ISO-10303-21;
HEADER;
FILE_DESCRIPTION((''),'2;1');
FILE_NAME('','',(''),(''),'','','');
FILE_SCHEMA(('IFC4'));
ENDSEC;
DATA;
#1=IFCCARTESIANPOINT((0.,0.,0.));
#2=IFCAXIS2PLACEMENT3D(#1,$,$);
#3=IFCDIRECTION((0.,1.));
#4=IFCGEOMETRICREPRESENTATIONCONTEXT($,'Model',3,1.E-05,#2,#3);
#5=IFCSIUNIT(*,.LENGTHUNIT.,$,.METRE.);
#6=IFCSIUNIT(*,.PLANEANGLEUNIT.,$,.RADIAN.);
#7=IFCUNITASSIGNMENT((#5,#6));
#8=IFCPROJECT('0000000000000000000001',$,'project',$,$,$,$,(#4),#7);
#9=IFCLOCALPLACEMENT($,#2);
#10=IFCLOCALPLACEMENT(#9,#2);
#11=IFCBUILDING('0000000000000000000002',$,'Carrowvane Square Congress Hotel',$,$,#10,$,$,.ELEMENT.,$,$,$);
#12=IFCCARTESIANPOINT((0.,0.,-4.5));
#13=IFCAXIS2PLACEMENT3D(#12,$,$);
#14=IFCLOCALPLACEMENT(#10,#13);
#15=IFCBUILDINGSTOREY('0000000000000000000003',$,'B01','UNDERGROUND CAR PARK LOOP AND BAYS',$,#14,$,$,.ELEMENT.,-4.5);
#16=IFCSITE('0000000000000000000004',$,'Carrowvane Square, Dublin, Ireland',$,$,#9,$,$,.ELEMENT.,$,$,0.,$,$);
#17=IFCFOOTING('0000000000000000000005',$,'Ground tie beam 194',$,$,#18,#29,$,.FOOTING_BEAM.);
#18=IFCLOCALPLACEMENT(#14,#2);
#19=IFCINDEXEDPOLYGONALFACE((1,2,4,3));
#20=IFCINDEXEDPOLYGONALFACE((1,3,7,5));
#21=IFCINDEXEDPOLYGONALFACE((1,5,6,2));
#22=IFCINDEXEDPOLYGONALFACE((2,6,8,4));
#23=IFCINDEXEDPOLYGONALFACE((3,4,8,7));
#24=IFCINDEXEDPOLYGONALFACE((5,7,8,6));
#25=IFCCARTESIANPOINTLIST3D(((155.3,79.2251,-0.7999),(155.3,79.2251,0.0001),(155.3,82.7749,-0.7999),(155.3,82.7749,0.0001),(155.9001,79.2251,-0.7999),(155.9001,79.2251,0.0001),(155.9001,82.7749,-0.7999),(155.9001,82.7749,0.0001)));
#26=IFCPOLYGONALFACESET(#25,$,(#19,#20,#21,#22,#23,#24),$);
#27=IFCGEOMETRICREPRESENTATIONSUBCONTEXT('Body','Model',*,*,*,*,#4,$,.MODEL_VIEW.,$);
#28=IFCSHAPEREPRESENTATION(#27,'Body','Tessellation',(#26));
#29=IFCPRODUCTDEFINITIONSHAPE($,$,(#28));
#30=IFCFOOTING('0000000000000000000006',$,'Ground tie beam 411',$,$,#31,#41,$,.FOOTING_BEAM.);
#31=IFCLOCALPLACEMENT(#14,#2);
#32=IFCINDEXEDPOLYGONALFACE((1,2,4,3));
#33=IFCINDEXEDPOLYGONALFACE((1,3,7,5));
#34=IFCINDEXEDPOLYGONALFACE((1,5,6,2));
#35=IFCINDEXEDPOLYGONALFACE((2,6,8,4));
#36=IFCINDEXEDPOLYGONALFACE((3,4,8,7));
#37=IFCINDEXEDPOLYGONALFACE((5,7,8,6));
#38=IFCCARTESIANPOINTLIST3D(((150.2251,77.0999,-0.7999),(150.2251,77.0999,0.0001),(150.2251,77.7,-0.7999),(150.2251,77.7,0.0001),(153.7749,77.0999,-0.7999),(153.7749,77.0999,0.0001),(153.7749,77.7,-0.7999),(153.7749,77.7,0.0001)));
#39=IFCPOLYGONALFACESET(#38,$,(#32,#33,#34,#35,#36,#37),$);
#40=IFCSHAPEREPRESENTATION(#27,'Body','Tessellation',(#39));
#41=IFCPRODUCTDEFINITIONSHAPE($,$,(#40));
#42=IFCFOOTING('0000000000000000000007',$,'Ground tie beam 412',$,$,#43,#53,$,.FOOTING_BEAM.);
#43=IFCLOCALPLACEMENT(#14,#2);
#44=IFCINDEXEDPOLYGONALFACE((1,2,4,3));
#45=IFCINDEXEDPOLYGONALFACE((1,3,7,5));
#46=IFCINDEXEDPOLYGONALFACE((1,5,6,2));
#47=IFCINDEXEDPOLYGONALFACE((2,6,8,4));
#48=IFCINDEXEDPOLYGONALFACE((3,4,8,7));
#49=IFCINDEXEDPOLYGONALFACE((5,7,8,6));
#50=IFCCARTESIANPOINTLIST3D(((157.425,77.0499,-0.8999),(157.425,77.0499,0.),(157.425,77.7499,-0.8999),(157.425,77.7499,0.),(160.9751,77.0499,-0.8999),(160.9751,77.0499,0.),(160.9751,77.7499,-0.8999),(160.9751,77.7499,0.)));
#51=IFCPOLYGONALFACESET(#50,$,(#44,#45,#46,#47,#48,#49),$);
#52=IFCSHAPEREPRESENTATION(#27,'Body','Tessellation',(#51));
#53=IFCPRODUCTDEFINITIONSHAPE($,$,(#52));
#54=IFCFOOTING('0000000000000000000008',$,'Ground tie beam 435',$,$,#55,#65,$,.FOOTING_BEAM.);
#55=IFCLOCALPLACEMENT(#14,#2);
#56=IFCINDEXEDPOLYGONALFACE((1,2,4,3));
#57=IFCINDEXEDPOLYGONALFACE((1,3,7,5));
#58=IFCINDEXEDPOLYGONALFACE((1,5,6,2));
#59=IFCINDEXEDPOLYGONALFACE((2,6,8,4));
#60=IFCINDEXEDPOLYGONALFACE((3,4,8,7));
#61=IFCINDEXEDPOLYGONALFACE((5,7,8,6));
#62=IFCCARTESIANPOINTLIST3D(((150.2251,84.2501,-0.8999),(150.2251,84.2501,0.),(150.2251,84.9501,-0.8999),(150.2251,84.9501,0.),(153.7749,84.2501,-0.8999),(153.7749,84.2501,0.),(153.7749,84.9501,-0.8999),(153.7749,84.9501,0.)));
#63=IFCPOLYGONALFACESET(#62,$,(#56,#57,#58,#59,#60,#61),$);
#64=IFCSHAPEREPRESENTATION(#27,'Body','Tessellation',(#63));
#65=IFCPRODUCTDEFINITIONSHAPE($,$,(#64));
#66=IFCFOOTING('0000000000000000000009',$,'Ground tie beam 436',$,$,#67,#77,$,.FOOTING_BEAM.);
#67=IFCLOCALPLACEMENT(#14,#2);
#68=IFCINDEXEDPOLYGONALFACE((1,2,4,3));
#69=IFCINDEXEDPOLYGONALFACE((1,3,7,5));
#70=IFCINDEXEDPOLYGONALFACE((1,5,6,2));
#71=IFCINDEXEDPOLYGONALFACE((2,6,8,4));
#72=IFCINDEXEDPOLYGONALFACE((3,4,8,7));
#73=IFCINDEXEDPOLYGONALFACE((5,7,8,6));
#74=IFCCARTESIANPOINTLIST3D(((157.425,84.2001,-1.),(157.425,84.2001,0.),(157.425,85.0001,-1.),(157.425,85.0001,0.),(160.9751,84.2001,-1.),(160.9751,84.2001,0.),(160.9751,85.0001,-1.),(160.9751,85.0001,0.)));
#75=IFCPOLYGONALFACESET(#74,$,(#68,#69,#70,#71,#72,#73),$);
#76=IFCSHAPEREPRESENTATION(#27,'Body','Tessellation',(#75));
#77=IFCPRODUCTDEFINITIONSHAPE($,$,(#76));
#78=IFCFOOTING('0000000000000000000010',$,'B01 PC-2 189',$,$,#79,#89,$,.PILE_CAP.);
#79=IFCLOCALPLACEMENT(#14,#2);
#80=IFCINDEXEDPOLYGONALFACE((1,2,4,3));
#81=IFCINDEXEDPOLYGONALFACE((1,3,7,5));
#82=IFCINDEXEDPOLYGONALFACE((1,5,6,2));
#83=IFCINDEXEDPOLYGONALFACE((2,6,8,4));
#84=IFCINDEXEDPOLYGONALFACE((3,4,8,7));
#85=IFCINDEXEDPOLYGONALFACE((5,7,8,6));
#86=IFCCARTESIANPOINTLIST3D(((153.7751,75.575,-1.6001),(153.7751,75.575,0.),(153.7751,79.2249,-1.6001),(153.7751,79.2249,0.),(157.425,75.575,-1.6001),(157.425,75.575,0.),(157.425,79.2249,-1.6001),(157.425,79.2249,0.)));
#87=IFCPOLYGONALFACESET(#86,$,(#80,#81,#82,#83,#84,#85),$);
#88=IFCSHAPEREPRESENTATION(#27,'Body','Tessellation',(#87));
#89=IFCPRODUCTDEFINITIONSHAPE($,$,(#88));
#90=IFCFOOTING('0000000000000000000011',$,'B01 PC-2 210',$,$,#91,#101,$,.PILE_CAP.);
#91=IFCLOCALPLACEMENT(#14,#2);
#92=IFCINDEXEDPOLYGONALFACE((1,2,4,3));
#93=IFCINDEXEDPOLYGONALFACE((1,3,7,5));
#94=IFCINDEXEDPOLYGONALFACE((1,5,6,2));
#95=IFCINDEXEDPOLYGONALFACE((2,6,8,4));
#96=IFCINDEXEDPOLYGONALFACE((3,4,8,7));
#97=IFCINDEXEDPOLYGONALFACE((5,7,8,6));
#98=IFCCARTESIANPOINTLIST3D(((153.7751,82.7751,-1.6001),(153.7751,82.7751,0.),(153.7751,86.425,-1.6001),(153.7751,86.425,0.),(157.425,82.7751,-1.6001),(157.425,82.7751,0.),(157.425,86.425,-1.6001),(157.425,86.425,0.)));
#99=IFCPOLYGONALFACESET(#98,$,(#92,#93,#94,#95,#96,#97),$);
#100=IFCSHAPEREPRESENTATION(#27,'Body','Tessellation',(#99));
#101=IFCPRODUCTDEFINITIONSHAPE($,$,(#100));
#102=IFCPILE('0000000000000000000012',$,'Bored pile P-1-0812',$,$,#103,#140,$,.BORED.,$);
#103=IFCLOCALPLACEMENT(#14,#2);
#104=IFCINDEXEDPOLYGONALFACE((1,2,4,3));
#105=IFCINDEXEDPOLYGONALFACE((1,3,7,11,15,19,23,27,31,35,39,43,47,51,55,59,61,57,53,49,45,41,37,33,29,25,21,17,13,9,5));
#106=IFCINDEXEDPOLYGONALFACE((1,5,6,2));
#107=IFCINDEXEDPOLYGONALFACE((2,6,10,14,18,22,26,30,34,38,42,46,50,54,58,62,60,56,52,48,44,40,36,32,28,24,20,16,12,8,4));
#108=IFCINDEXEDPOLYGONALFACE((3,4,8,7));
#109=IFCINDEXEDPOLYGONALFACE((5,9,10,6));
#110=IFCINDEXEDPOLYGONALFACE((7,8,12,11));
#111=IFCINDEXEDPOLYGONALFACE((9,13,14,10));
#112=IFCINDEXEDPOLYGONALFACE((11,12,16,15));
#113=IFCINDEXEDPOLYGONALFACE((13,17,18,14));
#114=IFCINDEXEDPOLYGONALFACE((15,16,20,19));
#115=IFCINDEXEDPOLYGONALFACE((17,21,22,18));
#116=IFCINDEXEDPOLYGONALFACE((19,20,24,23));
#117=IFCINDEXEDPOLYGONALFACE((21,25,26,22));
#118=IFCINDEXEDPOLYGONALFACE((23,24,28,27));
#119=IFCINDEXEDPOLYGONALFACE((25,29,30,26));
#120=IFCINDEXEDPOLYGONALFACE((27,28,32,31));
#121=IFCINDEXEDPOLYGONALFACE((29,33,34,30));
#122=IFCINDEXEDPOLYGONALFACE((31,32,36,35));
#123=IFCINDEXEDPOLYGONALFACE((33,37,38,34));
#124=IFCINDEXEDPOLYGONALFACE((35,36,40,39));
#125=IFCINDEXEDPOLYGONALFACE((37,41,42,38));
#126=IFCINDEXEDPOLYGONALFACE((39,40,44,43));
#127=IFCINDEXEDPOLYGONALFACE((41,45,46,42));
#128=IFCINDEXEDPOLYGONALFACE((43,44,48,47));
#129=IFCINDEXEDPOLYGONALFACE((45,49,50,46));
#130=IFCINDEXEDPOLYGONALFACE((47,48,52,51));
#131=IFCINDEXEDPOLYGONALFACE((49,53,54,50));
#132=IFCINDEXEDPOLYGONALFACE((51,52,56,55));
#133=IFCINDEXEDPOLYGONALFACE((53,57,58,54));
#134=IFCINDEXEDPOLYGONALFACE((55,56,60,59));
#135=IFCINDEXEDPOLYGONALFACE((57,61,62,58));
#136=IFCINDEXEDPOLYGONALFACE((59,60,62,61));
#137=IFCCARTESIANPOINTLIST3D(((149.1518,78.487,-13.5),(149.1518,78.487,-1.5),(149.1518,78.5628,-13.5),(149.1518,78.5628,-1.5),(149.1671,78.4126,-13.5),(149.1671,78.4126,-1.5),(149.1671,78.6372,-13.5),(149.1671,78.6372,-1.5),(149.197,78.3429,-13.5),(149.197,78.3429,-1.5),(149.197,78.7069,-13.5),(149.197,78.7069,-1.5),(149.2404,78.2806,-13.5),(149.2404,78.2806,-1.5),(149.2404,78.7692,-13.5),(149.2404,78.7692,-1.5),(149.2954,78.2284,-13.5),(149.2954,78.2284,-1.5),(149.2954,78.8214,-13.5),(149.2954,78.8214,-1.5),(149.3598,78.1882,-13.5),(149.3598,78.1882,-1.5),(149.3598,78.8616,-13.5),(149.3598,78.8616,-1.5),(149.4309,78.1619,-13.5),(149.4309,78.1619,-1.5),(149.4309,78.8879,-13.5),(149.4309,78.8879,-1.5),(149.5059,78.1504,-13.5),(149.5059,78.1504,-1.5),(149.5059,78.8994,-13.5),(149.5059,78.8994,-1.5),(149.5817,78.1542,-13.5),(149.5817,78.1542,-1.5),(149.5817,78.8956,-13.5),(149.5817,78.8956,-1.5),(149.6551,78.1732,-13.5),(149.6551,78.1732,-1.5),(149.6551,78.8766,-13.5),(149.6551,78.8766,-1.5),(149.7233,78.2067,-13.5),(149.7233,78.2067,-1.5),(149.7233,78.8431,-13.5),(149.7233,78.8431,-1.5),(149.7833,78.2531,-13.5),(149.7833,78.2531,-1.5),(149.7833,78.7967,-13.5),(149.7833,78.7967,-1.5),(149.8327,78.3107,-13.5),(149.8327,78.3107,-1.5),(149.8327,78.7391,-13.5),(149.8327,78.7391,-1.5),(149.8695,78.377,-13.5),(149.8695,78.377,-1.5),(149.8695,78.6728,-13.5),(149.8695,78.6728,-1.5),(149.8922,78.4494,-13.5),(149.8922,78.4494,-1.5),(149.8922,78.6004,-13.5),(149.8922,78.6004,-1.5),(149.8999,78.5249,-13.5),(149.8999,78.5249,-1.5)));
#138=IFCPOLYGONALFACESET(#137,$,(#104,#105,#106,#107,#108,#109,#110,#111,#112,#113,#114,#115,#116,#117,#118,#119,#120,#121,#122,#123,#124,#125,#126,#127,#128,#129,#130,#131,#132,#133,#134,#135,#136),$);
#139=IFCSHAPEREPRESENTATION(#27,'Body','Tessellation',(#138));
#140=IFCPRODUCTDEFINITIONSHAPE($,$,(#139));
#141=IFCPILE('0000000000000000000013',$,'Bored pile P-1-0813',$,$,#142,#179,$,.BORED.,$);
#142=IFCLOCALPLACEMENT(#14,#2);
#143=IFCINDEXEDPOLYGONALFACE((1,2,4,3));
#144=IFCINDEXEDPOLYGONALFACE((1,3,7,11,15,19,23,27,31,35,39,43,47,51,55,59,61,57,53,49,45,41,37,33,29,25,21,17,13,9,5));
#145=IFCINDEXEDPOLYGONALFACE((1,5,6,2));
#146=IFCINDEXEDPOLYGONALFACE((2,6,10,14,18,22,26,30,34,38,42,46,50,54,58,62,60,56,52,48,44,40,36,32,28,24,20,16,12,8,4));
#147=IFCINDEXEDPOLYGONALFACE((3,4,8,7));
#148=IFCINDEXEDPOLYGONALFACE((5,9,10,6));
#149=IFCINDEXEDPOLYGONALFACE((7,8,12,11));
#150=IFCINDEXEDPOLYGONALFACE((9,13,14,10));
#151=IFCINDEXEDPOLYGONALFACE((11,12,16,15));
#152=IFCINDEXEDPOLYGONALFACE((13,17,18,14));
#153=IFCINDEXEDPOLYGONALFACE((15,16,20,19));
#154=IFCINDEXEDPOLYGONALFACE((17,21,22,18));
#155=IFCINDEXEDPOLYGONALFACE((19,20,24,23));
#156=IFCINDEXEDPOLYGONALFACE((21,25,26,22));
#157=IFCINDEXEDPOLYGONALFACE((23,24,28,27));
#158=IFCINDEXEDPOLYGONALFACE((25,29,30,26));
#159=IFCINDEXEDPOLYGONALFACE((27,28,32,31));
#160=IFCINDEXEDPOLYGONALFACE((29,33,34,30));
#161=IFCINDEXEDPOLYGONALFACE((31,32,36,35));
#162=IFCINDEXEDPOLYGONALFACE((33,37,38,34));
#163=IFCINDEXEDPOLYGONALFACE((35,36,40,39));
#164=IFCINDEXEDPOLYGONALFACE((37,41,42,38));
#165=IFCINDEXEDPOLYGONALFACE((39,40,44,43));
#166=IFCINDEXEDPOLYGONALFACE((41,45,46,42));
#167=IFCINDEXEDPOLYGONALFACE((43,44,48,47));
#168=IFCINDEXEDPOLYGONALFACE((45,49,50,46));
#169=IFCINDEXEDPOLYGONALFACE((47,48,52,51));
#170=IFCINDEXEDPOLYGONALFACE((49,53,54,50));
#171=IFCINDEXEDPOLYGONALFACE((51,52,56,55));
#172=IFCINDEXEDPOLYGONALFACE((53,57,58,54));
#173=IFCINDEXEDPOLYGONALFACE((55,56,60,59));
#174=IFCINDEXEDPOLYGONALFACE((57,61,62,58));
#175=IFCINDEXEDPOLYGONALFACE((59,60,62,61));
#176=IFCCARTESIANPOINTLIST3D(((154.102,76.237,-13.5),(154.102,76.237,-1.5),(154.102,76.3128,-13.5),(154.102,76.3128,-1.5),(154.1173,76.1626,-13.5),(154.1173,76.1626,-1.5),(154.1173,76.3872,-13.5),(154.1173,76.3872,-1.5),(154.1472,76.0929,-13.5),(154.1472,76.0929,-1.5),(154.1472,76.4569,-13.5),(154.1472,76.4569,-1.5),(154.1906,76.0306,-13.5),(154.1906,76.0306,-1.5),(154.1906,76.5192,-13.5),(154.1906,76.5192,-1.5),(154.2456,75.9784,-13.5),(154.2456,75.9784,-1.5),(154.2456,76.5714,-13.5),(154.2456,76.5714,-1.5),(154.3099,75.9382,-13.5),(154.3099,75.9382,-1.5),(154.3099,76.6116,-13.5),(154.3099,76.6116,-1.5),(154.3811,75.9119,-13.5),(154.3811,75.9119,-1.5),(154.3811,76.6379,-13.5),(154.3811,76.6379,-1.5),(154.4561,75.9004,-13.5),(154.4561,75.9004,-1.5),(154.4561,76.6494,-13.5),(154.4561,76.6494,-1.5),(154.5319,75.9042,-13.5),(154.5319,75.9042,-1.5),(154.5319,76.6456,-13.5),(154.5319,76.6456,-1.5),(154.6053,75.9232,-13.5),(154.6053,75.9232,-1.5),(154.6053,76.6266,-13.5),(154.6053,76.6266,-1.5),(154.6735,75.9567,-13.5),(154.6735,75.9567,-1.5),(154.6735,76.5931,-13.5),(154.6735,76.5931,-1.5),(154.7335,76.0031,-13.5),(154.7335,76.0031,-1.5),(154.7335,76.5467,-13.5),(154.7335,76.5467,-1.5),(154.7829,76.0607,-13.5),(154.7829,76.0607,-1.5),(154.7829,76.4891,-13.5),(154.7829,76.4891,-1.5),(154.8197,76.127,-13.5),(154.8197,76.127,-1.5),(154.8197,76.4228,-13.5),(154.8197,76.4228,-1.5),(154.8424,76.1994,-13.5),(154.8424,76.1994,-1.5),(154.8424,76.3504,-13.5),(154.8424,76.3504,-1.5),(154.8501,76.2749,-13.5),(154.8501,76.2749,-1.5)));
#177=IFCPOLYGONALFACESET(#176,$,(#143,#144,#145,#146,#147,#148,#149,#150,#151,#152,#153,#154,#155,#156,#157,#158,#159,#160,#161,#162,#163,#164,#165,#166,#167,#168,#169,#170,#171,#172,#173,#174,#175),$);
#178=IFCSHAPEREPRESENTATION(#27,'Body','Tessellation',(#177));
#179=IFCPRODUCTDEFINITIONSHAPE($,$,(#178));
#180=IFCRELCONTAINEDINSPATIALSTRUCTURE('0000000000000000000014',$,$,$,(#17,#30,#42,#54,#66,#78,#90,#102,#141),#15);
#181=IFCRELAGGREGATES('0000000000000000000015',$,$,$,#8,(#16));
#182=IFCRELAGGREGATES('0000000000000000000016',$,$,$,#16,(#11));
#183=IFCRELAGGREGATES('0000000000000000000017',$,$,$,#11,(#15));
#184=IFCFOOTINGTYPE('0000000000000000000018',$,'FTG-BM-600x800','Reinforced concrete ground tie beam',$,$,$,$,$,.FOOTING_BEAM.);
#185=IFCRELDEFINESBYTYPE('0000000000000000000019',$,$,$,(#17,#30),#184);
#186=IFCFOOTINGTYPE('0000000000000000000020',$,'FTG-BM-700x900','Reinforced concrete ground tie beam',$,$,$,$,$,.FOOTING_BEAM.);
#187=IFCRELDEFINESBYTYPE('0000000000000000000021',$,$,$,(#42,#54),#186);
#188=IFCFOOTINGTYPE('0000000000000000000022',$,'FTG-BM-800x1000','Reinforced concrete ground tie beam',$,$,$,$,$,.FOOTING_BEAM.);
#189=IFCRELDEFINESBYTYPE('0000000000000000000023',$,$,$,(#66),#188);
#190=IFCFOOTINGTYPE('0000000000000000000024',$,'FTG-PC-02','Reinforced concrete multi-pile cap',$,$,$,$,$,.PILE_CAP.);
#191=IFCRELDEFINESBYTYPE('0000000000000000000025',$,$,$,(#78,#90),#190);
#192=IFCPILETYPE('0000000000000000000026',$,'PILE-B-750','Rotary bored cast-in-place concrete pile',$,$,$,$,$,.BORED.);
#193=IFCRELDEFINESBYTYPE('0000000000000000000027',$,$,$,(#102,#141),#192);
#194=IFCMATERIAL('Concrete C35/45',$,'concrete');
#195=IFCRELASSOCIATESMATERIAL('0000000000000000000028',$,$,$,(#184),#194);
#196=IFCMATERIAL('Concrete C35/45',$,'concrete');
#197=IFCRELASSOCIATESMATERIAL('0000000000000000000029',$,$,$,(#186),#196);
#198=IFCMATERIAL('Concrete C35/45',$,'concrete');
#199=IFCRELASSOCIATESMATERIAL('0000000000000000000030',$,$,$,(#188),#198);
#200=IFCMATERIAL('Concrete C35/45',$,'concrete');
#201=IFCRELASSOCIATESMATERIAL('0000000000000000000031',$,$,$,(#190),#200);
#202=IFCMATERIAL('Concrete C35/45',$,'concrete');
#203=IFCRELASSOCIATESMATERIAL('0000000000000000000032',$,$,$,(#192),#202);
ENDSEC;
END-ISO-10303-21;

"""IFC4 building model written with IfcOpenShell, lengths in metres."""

from ifc_helpers import new_model, si_unit, direction, frame, origin, origin_2d, place, context, subcontext, project, spatial, rectangle, circle, extrude, material, material_profile, profile_set, type_object, element, save


model = new_model("IFC4")

# Units and contexts
model_context = context("Model", 3, precision=1e-05, world=origin(), true_north=direction((0.0, 1.0)))
body_context = subcontext(model_context, "Body", "Model", "MODEL_VIEW")
ifc_project = project(units=[si_unit("LENGTHUNIT", "METRE"), si_unit("PLANEANGLEUNIT", "RADIAN")], contexts=[model_context])

# Site, building, storey
site_placement = place(None, origin())
site = spatial("IfcSite", under=ifc_project, at=site_placement, Name="Carrowvane Square, Dublin, Ireland", CompositionType="ELEMENT", RefElevation=0.0)
building_placement = place(site_placement, origin())
building = spatial("IfcBuilding", under=site, at=building_placement, Name="Carrowvane Square Congress Hotel", CompositionType="ELEMENT")
storey_placement = place(building_placement, frame((0.0, 0.0, -4.5)))
storey = spatial("IfcBuildingStorey", under=building, at=storey_placement, Name="B01", Description="UNDERGROUND CAR PARK LOOP AND BAYS", CompositionType="ELEMENT", Elevation=-4.5)

# Footings
ifc_material_1 = material(Name="Concrete C35/45", Category="concrete")
ifc_material_profile_1 = material_profile(ifc_material_1, rectangle(XDim=0.6001, YDim=0.8, at=origin_2d()), Name="RC 600x800")
ifc_profile_set_1 = profile_set([ifc_material_profile_1], Name="Concrete C35/45")
footing_type_1 = type_object("IfcFootingType", Name="FTG-BM-600x800", Description="Reinforced concrete ground tie beam", PredefinedType="FOOTING_BEAM", material=ifc_profile_set_1)
for number, where, z_axis, x_axis, name in (
    (1, (155.6001, 79.2251, -0.3999), (0.0, 1.0, 0.0), (-1.0, 0.0, 0.0), "Ground tie beam 194"),
    (2, (150.2251, 77.3999, -0.3999), (1.0, 0.0, 0.0), (0.0, 1.0, 0.0), "Ground tie beam 411"),
):
    element("IfcFooting", number, at=place(storey_placement, frame(where, z_axis=z_axis, x_axis=x_axis)), inside=storey, type_object=footing_type_1, Name=name, PredefinedType="FOOTING_BEAM", context=body_context, shape_type="SweptSolid", body=[
        extrude(rectangle(XDim=0.6001, YDim=0.8, at=origin_2d()), origin(), (0.0, 0.0, 1.0), 3.5498),
    ])
ifc_material_2 = material(Name="Concrete C35/45", Category="concrete")
ifc_material_profile_2 = material_profile(ifc_material_2, rectangle(XDim=0.7, YDim=0.8999, at=origin_2d()), Name="RC 700x900")
ifc_profile_set_2 = profile_set([ifc_material_profile_2], Name="Concrete C35/45")
footing_type_2 = type_object("IfcFootingType", Name="FTG-BM-700x900", Description="Reinforced concrete ground tie beam", PredefinedType="FOOTING_BEAM", material=ifc_profile_set_2)
footing_1_placement = place(storey_placement, frame((157.425, 77.3999, -0.45), z_axis=(1.0, 0.0, 0.0), x_axis=(0.0, 1.0, 0.0)))
element("IfcFooting", 3, at=footing_1_placement, inside=storey, type_object=footing_type_2, Name="Ground tie beam 412", PredefinedType="FOOTING_BEAM", context=body_context, shape_type="SweptSolid", body=[
    extrude(rectangle(XDim=0.7, YDim=0.8999, at=origin_2d()), origin(), (0.0, 0.0, 1.0), 3.55),
])
footing_2_placement = place(storey_placement, frame((150.2251, 84.6001, -0.45), z_axis=(1.0, 0.0, 0.0), x_axis=(0.0, 1.0, 0.0)))
element("IfcFooting", 4, at=footing_2_placement, inside=storey, type_object=footing_type_2, Name="Ground tie beam 435", PredefinedType="FOOTING_BEAM", context=body_context, shape_type="SweptSolid", body=[
    extrude(rectangle(XDim=0.7, YDim=0.8999, at=origin_2d()), origin(), (0.0, 0.0, 1.0), 3.5498),
])
ifc_material_3 = material(Name="Concrete C35/45", Category="concrete")
ifc_material_profile_3 = material_profile(ifc_material_3, rectangle(XDim=0.8, YDim=1.0, at=origin_2d()), Name="RC 800x1000")
ifc_profile_set_3 = profile_set([ifc_material_profile_3], Name="Concrete C35/45")
footing_type_3 = type_object("IfcFootingType", Name="FTG-BM-800x1000", Description="Reinforced concrete ground tie beam", PredefinedType="FOOTING_BEAM", material=ifc_profile_set_3)
footing_3_placement = place(storey_placement, frame((157.425, 84.6001, -0.5), z_axis=(1.0, 0.0, 0.0), x_axis=(0.0, 1.0, 0.0)))
element("IfcFooting", 5, at=footing_3_placement, inside=storey, type_object=footing_type_3, Name="Ground tie beam 436", PredefinedType="FOOTING_BEAM", context=body_context, shape_type="SweptSolid", body=[
    extrude(rectangle(XDim=0.8, YDim=1.0, at=origin_2d()), origin(), (0.0, 0.0, 1.0), 3.55),
])
ifc_material_4 = material(Name="Concrete C35/45", Category="concrete")
footing_type_4 = type_object("IfcFootingType", Name="FTG-PC-02", Description="Reinforced concrete multi-pile cap", PredefinedType="PILE_CAP", material=ifc_material_4)
for number, where, z_axis, x_axis, name in (
    (6, (155.6001, 77.3999, -1.6001), (0.0, 0.0, 1.0), (1.0, 0.0, 0.0), "B01 PC-2 189"),
    (7, (155.6001, 84.6001, -1.6001), (0.0, 0.0, 1.0), (1.0, 0.0, 0.0), "B01 PC-2 210"),
):
    element("IfcFooting", number, at=place(storey_placement, frame(where, z_axis=z_axis, x_axis=x_axis)), inside=storey, type_object=footing_type_4, Name=name, PredefinedType="PILE_CAP", context=body_context, shape_type="SweptSolid", body=[
        extrude(rectangle(XDim=3.6499, YDim=3.6499, at=origin_2d()), origin(), (0.0, 0.0, 1.0), 1.6001),
    ])

# Piles
ifc_material_5 = material(Name="Concrete C35/45", Category="concrete")
ifc_material_profile_4 = material_profile(ifc_material_5, circle(Radius=0.375, at=origin_2d()), Name="PILE D750")
ifc_profile_set_4 = profile_set([ifc_material_profile_4], Name="Concrete C35/45")
pile_type = type_object("IfcPileType", Name="PILE-B-750", Description="Rotary bored cast-in-place concrete pile", PredefinedType="BORED", material=ifc_profile_set_4)
for number, where, z_axis, x_axis, name in (
    (8, (149.5249, 78.5249, -1.5), (0.0, 0.0, -1.0), (1.0, 0.0, 0.0), "Bored pile P-1-0812"),
    (9, (154.4751, 76.2749, -1.5), (0.0, 0.0, -1.0), (1.0, 0.0, 0.0), "Bored pile P-1-0813"),
):
    element("IfcPile", number, at=place(storey_placement, frame(where, z_axis=z_axis, x_axis=x_axis)), inside=storey, type_object=pile_type, Name=name, PredefinedType="BORED", context=body_context, shape_type="SweptSolid", body=[
        extrude(circle(Radius=0.375, at=origin_2d()), origin(), (0.0, 0.0, 1.0), 12.0),
    ])

save(model, "model.ifc")
